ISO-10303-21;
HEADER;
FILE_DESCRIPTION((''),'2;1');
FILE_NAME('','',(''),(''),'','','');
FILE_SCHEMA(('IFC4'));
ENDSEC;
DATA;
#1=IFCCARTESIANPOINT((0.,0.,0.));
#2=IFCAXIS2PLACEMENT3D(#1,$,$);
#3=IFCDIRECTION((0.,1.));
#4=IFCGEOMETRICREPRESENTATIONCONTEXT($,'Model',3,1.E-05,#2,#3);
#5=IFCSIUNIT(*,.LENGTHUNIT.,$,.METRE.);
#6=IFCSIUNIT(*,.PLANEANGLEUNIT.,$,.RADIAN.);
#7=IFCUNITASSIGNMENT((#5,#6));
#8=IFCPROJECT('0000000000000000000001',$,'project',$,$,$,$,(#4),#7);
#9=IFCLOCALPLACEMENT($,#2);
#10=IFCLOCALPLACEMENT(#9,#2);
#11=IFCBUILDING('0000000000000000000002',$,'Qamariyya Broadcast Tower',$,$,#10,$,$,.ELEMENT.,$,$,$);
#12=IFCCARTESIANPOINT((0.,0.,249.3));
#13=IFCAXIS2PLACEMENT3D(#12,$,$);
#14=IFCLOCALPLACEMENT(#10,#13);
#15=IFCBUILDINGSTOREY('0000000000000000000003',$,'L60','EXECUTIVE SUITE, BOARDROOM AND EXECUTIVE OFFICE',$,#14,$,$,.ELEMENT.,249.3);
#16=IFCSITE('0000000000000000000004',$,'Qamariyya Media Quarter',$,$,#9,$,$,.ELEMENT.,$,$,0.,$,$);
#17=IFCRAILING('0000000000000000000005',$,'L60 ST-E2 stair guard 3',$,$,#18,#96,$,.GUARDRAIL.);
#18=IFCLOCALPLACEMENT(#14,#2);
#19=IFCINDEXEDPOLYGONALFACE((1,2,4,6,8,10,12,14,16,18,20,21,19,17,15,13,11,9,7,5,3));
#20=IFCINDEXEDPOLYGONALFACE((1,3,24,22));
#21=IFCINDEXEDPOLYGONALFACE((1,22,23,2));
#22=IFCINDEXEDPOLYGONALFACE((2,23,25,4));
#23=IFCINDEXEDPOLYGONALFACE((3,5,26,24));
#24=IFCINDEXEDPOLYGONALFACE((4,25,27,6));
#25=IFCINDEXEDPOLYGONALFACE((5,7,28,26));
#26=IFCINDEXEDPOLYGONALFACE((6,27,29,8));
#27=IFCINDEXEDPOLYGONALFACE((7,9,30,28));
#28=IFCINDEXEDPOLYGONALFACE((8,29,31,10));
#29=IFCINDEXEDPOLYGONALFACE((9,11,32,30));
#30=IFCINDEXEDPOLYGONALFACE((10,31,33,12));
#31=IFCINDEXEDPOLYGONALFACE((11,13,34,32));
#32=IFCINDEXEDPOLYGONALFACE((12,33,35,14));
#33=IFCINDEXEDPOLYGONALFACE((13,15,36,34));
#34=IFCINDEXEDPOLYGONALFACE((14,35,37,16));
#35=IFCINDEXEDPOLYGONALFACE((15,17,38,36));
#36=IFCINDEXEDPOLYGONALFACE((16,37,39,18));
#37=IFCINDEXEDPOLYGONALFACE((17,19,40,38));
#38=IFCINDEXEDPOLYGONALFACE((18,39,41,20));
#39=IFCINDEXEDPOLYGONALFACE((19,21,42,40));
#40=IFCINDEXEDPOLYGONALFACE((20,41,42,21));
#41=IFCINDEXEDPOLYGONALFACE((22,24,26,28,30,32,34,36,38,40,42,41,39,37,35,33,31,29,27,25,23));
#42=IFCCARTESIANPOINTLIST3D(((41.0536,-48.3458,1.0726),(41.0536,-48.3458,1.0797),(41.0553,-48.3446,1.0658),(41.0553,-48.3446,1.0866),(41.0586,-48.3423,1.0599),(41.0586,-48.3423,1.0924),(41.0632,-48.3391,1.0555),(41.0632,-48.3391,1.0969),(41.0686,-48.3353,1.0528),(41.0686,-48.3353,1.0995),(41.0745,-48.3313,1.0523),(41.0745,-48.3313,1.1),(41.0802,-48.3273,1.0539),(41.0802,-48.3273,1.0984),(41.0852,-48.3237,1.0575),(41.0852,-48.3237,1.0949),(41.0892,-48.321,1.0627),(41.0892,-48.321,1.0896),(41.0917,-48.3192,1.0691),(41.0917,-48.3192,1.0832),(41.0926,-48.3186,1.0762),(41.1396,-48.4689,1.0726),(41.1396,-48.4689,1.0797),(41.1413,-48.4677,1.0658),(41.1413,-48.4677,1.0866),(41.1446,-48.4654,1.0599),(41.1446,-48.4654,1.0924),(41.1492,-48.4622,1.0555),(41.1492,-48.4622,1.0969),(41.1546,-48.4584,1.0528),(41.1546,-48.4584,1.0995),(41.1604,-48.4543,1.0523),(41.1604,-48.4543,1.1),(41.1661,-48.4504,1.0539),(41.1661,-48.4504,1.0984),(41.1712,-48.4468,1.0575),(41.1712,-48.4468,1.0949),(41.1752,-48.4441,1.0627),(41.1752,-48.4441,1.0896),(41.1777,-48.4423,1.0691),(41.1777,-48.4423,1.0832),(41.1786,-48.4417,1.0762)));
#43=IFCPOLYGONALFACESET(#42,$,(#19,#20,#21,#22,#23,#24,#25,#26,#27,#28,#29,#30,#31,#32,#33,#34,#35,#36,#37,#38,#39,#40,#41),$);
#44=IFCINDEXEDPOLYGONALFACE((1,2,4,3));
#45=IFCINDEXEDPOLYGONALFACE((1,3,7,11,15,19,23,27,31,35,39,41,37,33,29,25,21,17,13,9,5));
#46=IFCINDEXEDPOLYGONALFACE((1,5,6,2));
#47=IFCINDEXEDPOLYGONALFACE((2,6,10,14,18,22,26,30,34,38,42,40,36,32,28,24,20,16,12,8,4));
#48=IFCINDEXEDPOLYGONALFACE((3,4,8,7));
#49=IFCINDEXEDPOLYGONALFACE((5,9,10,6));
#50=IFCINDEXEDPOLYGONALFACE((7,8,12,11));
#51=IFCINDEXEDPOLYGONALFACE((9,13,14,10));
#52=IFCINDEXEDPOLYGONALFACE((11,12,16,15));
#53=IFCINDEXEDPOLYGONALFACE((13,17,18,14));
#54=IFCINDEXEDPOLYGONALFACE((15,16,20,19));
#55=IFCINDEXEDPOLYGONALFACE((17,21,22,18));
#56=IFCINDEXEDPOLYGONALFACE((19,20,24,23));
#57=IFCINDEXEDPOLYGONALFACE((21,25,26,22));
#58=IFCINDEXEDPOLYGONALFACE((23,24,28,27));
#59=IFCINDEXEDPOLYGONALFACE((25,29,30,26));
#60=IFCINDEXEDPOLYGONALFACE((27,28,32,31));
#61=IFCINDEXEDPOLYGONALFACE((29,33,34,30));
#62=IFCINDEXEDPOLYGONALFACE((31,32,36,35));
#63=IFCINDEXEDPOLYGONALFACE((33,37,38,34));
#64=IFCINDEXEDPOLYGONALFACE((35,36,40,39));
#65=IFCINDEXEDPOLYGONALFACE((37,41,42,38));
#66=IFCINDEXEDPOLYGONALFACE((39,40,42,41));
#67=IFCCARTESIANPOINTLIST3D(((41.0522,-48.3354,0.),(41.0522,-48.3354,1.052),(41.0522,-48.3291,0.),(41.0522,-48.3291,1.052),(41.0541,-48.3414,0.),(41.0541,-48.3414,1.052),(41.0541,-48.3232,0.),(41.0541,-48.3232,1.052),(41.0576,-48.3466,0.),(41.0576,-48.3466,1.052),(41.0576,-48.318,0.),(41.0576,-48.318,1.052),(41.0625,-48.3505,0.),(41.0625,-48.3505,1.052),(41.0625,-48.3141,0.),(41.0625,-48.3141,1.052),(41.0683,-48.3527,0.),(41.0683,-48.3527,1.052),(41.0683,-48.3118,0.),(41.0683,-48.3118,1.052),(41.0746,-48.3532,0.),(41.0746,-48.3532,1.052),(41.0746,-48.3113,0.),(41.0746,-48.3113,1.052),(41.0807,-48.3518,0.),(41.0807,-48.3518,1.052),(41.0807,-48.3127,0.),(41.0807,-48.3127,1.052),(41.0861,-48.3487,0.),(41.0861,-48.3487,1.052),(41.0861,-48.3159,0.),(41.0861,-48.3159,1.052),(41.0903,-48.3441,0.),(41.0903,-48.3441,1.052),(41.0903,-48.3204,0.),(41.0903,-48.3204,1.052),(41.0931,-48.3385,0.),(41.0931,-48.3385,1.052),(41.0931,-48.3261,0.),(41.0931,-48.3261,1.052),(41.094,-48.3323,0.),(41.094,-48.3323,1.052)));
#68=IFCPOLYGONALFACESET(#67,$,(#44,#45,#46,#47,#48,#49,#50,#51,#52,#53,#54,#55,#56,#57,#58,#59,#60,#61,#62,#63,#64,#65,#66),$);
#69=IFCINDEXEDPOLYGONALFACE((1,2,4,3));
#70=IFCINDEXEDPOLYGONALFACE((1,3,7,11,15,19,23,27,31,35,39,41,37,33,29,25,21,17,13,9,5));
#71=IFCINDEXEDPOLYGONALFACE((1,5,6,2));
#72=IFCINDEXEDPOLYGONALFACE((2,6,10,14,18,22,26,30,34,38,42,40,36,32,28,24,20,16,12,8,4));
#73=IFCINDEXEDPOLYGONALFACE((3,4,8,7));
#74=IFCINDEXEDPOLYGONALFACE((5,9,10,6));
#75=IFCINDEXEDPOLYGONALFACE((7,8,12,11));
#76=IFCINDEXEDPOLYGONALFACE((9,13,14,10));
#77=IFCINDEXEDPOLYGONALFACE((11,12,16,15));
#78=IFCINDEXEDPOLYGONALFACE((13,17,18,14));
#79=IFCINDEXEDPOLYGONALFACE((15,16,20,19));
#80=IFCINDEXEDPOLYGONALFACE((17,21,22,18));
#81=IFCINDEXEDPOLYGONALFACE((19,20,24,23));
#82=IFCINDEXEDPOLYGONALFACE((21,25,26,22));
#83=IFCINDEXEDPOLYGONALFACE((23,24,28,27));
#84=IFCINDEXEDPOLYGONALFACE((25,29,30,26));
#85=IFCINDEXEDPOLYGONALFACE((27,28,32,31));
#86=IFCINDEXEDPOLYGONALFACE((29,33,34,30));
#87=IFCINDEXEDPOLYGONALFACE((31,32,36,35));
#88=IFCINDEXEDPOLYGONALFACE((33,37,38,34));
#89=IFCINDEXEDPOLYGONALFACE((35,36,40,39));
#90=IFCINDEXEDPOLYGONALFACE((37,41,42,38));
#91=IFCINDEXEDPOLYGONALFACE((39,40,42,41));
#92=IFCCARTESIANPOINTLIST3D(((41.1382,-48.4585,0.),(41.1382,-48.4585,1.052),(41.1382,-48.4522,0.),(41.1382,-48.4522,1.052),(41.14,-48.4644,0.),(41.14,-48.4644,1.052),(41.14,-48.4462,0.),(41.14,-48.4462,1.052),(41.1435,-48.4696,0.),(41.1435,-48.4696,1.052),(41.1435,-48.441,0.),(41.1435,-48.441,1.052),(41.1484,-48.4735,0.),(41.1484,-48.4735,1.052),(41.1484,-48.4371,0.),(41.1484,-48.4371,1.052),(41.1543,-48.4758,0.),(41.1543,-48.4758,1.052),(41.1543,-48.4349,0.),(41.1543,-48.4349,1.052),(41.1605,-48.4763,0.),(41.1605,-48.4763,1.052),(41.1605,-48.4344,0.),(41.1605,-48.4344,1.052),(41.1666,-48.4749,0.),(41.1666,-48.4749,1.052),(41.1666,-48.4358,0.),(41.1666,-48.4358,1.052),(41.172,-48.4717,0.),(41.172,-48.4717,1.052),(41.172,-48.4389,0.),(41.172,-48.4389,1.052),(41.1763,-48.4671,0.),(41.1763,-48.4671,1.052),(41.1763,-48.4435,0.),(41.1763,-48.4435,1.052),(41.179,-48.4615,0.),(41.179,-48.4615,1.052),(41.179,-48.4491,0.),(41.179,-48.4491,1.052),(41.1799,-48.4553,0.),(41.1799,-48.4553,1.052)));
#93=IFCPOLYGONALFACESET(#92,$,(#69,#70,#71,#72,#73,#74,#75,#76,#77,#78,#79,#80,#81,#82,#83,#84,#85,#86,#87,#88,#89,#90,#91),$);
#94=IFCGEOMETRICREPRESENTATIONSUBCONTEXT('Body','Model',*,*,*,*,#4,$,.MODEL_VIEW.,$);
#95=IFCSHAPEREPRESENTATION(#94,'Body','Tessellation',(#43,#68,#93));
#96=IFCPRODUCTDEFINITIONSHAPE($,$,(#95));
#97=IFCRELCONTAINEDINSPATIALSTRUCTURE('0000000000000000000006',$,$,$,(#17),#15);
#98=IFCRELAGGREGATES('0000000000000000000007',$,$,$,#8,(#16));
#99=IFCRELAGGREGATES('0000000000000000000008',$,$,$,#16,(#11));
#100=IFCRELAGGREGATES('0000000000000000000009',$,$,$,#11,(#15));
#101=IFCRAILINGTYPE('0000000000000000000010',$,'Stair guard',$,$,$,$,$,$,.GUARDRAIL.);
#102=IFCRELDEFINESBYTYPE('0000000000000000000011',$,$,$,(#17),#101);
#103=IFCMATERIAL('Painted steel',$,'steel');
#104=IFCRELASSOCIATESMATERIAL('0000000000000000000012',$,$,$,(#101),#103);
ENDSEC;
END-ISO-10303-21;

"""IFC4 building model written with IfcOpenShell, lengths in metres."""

from ifc_helpers import new_model, si_unit, direction, frame, origin, origin_2d, place, context, subcontext, project, spatial, circle, extrude, material, type_object, element, save


model = new_model("IFC4")

# Units and contexts
model_context = context("Model", 3, precision=1e-05, world=origin(), true_north=direction((0.0, 1.0)))
body_context = subcontext(model_context, "Body", "Model", "MODEL_VIEW")
ifc_project = project(units=[si_unit("LENGTHUNIT", "METRE"), si_unit("PLANEANGLEUNIT", "RADIAN")], contexts=[model_context])

# Site, building, storey
site_placement = place(None, origin())
site = spatial("IfcSite", under=ifc_project, at=site_placement, Name="Qamariyya Media Quarter", CompositionType="ELEMENT", RefElevation=0.0)
building_placement = place(site_placement, origin())
building = spatial("IfcBuilding", under=site, at=building_placement, Name="Qamariyya Broadcast Tower", CompositionType="ELEMENT")
storey_placement = place(building_placement, frame((0.0, 0.0, 249.3)))
storey = spatial("IfcBuildingStorey", under=building, at=storey_placement, Name="L60", Description="EXECUTIVE SUITE, BOARDROOM AND EXECUTIVE OFFICE", CompositionType="ELEMENT", Elevation=249.3)

# Railing
ifc_material_1 = material(Name="Painted steel", Category="steel")
railing_type_1 = type_object("IfcRailingType", Name="Stair guard", PredefinedType="GUARDRAIL", material=ifc_material_1)
railing_1_placement = place(storey_placement, frame((41.073, -48.3323, 0.0)))
element("IfcRailing", 1, at=railing_1_placement, inside=storey, type_object=railing_type_1, Name="L60 ST-E2 stair guard 3", PredefinedType="GUARDRAIL", context=body_context, shape_type="SweptSolid", body=[
    extrude(circle(Radius=0.0239, at=origin_2d()), frame((0.0, 0.0, 1.0762), z_axis=(0.572589, -0.819843, 0.0), x_axis=(0.819843, 0.572589, 0.0)), (0.0, 0.0, 1.0), 0.1501),
    extrude(circle(Radius=0.021, at=origin_2d()), origin(), (0.0, 0.0, 1.0), 1.052),
    extrude(circle(Radius=0.021, at=origin_2d()), frame((0.0859, -0.123, 0.0)), (0.0, 0.0, 1.0), 1.052),
])

save(model, "model.ifc")
